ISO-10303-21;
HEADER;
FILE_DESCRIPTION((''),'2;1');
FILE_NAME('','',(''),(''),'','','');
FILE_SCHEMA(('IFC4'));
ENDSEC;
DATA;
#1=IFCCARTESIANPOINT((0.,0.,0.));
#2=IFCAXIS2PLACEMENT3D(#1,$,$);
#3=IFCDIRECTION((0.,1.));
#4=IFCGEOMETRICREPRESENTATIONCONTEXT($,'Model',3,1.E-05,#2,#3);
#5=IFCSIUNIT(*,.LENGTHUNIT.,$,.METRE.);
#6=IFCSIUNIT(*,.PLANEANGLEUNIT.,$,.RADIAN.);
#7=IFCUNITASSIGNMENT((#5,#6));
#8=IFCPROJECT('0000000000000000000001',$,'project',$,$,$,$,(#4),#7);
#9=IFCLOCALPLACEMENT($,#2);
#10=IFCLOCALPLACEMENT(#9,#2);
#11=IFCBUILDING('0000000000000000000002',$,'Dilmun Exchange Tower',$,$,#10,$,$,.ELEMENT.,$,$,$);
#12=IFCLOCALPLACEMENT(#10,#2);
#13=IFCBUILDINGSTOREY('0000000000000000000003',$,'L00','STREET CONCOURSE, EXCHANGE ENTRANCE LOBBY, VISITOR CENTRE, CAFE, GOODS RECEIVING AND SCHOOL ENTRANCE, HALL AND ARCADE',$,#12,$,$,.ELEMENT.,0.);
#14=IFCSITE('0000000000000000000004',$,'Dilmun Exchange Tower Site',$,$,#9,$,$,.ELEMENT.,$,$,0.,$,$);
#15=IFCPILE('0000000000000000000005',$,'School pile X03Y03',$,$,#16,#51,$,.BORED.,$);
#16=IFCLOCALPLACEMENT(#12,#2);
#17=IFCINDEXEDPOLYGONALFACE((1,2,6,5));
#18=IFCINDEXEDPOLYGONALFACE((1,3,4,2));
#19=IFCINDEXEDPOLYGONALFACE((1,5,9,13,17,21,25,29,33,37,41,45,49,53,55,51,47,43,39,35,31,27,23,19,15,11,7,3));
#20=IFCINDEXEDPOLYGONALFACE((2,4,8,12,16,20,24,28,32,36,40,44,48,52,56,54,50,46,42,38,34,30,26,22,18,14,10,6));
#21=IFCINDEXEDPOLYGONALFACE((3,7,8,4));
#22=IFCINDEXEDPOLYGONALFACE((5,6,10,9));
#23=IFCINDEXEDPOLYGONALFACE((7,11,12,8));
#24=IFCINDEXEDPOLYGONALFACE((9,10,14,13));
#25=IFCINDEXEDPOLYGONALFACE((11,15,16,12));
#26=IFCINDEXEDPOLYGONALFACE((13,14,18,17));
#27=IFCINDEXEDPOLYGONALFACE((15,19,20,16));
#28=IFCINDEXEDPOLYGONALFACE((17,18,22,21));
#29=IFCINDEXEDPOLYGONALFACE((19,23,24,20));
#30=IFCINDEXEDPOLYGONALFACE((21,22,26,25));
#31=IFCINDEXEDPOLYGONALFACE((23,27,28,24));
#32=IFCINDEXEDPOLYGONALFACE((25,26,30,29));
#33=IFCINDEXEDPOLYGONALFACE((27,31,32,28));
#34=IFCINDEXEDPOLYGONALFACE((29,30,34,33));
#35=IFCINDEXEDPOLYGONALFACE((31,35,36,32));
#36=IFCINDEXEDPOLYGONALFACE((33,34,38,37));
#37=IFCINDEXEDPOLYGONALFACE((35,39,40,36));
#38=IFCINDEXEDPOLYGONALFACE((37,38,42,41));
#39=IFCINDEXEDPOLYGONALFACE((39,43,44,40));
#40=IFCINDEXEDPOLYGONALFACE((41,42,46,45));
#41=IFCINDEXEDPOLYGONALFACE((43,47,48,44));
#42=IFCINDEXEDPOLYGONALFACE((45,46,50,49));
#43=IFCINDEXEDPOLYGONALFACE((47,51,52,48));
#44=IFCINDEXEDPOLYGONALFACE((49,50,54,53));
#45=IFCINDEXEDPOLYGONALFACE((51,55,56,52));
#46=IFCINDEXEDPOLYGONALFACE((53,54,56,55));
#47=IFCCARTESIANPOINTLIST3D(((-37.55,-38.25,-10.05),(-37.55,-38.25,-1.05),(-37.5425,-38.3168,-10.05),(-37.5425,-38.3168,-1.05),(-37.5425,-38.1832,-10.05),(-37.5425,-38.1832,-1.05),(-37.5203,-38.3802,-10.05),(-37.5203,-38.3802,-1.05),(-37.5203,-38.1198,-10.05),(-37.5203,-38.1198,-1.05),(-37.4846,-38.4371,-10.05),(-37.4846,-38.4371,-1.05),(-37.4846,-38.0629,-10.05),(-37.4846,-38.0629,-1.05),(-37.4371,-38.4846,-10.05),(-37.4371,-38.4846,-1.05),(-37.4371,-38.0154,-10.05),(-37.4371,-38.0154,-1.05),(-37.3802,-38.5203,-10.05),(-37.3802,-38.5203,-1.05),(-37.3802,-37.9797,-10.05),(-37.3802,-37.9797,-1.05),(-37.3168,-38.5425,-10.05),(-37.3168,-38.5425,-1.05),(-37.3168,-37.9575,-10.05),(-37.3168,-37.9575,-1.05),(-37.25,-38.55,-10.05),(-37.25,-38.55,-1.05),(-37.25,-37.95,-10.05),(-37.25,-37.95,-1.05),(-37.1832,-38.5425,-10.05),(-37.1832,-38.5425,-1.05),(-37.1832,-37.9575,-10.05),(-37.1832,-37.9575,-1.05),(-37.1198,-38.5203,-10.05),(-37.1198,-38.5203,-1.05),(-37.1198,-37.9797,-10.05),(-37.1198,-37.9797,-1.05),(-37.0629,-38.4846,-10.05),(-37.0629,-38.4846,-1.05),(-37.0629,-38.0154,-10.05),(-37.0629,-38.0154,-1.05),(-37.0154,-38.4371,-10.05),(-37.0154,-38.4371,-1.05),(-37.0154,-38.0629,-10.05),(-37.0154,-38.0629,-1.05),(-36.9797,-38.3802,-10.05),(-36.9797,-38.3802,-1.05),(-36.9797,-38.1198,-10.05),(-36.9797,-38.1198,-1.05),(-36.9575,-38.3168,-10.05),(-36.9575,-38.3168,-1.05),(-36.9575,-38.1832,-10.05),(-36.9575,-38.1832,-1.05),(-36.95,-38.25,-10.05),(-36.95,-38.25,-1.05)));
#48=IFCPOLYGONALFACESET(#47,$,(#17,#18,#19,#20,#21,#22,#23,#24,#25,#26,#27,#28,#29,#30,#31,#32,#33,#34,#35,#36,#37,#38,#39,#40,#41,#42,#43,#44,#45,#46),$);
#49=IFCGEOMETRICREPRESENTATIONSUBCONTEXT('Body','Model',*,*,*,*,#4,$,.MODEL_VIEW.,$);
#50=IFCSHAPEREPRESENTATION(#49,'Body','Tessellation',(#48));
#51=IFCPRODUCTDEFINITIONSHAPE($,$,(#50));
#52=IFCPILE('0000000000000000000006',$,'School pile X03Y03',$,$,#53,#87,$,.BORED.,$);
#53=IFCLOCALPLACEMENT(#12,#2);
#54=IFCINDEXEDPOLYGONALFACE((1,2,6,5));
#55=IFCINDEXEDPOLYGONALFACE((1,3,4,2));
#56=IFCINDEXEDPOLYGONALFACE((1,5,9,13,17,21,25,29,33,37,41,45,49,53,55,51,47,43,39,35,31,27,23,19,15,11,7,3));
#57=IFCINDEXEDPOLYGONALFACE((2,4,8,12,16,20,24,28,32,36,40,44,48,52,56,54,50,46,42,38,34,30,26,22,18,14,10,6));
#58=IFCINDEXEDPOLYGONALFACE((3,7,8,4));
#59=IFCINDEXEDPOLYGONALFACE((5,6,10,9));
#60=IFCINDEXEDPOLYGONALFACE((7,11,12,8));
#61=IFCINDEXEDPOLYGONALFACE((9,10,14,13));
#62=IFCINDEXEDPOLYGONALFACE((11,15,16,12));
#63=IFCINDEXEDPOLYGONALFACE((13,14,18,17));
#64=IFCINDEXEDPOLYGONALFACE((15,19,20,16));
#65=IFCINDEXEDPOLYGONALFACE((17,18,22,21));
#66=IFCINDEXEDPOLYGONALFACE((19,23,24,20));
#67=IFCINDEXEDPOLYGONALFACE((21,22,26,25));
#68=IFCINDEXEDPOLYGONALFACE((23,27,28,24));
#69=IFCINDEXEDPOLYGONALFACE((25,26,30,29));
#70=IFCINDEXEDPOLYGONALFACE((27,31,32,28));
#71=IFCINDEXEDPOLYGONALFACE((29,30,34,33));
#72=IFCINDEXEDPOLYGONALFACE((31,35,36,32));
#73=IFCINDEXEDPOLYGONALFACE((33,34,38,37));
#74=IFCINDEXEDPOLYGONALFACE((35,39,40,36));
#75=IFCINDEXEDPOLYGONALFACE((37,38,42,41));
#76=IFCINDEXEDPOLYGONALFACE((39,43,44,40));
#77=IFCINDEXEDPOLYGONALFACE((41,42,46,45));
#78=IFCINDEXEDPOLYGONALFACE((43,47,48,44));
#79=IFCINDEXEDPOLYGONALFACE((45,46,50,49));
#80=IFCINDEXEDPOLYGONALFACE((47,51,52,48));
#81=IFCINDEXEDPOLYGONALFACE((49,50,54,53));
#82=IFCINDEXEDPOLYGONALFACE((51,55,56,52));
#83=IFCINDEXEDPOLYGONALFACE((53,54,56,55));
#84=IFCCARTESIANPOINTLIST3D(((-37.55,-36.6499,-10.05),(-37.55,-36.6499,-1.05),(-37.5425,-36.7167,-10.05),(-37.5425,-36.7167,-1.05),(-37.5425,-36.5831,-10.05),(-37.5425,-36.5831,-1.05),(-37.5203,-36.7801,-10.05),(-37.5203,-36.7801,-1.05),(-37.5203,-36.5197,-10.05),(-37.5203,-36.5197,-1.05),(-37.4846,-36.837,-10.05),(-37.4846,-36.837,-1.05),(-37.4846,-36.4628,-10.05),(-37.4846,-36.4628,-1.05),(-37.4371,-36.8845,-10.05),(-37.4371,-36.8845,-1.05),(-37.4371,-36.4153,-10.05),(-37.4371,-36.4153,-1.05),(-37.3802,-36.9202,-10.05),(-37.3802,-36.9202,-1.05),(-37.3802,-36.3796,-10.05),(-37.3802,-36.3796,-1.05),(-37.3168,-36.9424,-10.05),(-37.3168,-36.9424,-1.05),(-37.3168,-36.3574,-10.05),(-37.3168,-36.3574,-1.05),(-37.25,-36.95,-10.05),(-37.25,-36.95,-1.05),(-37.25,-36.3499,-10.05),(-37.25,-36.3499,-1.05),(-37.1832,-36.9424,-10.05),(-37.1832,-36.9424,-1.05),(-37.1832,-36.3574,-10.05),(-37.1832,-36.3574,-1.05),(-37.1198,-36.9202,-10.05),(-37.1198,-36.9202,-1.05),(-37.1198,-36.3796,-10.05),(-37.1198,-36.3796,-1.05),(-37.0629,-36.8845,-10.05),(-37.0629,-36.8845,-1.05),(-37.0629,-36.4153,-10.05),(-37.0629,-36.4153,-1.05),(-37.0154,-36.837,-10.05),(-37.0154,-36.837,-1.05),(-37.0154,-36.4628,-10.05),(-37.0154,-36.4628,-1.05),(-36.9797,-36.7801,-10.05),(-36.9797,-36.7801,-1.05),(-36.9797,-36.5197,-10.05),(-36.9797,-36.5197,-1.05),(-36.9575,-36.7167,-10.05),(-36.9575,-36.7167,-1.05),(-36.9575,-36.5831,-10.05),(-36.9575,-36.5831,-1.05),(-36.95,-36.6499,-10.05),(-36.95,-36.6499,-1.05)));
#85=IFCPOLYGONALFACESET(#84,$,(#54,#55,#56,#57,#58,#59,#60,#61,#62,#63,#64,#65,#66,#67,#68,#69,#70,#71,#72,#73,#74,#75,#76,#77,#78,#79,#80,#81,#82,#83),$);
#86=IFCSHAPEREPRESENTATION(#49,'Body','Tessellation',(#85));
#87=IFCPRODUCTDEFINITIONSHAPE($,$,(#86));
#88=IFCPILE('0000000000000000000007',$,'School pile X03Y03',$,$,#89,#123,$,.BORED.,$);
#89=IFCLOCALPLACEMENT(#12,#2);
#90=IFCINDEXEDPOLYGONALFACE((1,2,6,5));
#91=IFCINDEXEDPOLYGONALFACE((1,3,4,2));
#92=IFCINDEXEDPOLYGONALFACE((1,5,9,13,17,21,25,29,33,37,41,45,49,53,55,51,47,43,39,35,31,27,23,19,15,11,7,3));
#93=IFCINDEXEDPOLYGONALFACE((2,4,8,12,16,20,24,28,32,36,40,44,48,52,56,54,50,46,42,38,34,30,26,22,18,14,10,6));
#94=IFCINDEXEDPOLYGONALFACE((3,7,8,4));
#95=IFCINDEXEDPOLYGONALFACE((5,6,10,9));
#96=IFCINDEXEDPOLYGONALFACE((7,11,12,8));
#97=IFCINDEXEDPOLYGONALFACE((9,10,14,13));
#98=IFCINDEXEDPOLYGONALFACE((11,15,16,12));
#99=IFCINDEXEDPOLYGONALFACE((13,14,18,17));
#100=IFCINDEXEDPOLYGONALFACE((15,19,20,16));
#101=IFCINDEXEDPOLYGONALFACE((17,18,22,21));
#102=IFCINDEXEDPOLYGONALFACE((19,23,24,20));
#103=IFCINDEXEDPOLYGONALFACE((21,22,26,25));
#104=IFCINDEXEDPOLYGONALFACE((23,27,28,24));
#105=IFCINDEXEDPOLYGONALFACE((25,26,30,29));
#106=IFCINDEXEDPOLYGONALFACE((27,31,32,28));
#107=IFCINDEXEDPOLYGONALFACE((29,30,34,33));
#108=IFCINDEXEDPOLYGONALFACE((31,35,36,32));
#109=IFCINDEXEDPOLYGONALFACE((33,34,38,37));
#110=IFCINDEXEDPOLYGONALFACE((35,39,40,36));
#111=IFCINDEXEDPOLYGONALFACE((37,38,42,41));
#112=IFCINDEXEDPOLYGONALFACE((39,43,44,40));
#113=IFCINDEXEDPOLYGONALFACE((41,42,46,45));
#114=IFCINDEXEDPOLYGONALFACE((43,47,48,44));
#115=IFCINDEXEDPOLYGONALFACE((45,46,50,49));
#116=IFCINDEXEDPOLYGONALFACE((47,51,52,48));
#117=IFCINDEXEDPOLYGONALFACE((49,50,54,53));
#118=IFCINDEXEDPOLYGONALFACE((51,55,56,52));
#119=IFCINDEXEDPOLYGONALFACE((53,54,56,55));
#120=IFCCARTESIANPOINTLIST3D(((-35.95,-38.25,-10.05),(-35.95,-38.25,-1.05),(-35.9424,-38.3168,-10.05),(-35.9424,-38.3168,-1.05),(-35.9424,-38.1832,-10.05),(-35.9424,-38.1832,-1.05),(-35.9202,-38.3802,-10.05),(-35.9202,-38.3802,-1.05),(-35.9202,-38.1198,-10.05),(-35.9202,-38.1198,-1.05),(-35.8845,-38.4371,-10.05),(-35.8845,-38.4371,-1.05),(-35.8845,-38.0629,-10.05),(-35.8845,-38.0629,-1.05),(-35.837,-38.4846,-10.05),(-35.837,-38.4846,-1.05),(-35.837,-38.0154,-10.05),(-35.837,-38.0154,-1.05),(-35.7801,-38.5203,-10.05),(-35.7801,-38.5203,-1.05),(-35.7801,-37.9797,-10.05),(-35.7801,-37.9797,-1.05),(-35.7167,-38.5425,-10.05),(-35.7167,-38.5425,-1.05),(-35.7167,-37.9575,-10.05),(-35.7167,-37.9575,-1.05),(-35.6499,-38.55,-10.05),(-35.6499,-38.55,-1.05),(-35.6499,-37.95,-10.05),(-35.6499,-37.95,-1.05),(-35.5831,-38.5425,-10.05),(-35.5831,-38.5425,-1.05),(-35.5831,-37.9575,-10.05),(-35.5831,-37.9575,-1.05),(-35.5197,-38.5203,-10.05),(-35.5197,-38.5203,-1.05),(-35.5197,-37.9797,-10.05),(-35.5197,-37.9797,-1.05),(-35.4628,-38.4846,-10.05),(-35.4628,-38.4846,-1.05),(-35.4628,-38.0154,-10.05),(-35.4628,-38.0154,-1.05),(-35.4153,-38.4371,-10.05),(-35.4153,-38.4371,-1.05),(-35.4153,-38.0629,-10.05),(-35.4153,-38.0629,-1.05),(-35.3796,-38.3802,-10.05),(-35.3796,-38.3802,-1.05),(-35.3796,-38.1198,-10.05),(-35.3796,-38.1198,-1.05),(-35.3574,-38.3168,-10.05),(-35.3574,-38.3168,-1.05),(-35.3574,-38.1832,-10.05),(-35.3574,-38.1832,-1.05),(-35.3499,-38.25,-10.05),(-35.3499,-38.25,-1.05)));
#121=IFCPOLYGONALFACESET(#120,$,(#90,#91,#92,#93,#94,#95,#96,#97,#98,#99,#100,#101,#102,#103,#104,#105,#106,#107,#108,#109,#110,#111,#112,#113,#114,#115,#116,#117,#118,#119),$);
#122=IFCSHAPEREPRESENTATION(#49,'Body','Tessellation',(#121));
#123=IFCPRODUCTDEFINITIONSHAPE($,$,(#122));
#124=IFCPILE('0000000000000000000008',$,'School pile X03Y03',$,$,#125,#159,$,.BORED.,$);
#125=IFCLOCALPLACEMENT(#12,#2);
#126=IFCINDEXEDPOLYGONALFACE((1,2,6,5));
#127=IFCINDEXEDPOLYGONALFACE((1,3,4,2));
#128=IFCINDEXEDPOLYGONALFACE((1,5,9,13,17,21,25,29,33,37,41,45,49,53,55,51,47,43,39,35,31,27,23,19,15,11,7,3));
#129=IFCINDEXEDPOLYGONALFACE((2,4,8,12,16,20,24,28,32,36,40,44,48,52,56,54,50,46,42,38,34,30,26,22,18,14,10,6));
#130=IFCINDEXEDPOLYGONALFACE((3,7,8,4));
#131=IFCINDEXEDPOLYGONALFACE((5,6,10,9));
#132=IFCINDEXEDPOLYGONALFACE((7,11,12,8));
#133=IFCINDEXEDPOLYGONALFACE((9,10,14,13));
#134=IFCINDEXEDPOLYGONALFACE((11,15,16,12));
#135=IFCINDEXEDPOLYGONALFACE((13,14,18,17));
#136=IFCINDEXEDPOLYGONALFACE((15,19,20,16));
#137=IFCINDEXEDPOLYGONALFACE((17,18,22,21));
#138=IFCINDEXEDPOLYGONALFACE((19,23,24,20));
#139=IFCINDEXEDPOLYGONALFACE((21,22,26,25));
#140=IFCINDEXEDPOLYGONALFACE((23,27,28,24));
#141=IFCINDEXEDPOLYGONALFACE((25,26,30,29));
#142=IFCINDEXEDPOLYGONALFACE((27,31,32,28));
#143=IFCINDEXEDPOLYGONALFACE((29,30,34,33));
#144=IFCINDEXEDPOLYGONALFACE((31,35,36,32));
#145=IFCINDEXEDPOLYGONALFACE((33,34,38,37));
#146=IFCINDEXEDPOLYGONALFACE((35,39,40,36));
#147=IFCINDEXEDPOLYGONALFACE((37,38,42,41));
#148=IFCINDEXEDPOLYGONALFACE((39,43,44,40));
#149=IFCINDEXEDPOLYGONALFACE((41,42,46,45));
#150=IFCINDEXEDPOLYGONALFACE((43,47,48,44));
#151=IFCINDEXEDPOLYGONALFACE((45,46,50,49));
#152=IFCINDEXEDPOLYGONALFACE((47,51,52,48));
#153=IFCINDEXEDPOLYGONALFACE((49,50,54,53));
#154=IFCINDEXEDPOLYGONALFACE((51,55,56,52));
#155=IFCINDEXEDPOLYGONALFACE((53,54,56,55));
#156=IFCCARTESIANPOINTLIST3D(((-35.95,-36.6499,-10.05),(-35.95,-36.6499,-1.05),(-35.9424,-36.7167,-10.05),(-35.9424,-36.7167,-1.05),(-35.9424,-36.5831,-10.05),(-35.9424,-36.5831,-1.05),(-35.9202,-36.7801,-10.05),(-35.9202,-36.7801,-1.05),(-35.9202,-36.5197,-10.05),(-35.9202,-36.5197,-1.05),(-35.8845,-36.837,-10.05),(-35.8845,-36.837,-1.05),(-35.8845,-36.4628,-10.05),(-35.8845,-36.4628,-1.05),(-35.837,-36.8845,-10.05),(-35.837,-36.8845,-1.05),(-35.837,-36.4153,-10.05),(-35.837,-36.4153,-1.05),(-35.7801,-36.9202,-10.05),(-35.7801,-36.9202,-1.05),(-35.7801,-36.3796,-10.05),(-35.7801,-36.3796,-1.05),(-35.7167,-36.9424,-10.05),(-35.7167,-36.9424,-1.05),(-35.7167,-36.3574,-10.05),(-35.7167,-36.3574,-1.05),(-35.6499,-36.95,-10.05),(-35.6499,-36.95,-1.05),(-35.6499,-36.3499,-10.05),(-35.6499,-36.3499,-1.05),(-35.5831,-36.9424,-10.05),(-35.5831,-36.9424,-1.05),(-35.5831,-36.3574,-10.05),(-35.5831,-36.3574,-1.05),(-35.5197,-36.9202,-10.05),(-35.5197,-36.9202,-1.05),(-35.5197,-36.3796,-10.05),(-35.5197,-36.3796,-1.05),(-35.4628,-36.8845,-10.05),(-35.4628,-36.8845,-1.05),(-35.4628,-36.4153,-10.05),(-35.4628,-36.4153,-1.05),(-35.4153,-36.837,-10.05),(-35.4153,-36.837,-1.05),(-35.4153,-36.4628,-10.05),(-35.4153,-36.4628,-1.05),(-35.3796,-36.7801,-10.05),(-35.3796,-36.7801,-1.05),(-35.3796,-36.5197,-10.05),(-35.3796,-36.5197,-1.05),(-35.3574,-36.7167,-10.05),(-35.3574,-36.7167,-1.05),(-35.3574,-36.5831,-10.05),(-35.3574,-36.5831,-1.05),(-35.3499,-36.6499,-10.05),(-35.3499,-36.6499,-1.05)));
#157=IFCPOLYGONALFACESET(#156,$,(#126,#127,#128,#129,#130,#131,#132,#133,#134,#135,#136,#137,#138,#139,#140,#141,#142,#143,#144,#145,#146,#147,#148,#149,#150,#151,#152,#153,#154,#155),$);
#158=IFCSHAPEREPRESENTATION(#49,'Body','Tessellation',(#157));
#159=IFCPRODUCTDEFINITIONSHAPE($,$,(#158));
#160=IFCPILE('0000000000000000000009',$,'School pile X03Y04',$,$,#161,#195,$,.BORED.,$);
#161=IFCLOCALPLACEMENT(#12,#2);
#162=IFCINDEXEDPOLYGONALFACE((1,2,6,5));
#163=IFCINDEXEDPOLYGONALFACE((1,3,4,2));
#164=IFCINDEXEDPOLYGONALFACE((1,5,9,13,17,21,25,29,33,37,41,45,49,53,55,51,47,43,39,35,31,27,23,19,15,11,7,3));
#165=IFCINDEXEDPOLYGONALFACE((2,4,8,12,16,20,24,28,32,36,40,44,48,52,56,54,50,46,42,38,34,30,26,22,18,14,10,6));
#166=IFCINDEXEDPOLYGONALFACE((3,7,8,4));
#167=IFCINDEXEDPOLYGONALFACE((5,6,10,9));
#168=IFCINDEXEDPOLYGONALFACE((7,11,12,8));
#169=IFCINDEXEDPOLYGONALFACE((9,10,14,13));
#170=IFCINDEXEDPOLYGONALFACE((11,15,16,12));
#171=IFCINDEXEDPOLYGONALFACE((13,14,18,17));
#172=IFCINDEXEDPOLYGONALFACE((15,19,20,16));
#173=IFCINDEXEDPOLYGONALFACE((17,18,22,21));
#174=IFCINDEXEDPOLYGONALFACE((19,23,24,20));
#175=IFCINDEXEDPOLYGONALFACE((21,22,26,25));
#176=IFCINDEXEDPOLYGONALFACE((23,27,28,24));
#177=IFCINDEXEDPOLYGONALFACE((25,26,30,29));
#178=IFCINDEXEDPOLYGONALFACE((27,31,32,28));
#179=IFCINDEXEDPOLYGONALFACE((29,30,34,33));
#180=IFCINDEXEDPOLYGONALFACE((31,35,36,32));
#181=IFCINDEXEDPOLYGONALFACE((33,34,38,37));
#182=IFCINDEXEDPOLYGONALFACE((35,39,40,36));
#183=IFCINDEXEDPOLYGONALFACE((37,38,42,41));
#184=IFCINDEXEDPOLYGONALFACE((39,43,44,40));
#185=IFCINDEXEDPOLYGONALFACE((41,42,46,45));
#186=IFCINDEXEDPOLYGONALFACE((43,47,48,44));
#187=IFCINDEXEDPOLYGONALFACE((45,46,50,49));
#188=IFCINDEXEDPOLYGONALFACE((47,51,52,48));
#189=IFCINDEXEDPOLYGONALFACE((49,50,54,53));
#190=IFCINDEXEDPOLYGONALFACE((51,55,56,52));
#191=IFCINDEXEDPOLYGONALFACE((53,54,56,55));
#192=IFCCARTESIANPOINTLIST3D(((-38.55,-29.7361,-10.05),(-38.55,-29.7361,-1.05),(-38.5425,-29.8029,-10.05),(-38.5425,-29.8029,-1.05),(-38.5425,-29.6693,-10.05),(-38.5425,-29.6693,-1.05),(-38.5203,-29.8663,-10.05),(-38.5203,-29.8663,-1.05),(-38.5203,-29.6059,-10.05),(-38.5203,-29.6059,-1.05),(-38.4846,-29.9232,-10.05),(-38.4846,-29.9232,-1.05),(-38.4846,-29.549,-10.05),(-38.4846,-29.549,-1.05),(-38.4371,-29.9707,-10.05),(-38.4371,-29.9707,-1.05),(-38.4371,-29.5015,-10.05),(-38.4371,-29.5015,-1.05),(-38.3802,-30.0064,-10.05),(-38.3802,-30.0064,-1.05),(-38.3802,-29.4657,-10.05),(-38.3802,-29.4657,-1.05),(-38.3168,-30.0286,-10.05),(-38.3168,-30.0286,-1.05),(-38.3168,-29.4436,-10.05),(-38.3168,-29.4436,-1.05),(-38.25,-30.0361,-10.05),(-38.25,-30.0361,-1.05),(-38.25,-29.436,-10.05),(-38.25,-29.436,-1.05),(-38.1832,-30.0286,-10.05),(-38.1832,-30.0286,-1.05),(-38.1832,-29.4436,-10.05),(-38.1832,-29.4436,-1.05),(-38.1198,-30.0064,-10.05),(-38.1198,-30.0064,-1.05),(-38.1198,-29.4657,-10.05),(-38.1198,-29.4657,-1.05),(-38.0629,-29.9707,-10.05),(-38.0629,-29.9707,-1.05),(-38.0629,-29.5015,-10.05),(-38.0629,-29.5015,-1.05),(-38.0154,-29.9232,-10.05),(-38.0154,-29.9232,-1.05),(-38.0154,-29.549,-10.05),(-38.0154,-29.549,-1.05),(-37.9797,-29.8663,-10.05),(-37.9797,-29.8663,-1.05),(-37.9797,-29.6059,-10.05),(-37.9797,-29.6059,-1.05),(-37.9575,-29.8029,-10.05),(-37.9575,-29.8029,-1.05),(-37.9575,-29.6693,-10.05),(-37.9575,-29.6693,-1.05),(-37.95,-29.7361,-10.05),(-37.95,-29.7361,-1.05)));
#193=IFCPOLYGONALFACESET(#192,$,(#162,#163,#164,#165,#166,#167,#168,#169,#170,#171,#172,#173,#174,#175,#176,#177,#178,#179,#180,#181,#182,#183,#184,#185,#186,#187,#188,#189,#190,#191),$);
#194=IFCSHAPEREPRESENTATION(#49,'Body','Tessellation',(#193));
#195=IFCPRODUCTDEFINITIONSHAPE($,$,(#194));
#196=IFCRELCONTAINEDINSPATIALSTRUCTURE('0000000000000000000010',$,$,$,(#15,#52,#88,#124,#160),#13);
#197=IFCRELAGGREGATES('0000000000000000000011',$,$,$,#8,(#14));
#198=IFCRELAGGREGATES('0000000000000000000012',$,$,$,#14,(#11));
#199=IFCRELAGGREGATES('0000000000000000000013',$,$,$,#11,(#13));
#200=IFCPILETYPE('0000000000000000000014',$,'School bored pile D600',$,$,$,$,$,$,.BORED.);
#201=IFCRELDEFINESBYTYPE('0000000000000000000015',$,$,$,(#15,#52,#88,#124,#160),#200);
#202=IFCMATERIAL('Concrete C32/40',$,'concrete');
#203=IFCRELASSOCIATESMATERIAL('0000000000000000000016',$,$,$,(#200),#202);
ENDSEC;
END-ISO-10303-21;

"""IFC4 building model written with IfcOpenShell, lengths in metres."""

from ifc_helpers import new_model, si_unit, direction, frame, origin, origin_2d, place, context, subcontext, project, spatial, circle, extrude, material, material_profile, profile_set, type_object, element, save


model = new_model("IFC4")

# Units and contexts
model_context = context("Model", 3, precision=1e-05, world=origin(), true_north=direction((0.0, 1.0)))
body_context = subcontext(model_context, "Body", "Model", "MODEL_VIEW")
ifc_project = project(units=[si_unit("LENGTHUNIT", "METRE"), si_unit("PLANEANGLEUNIT", "RADIAN")], contexts=[model_context])

# Site, building, storey
site_placement = place(None, origin())
site = spatial("IfcSite", under=ifc_project, at=site_placement, Name="Dilmun Exchange Tower Site", CompositionType="ELEMENT", RefElevation=0.0)
building_placement = place(site_placement, origin())
building = spatial("IfcBuilding", under=site, at=building_placement, Name="Dilmun Exchange Tower", CompositionType="ELEMENT")
storey_placement = place(building_placement, origin())
storey = spatial("IfcBuildingStorey", under=building, at=storey_placement, Name="L00", Description="STREET CONCOURSE, EXCHANGE ENTRANCE LOBBY, VISITOR CENTRE, CAFE, GOODS RECEIVING AND SCHOOL ENTRANCE, HALL AND ARCADE", CompositionType="ELEMENT", Elevation=0.0)

# Piles
ifc_material_1 = material(Name="Concrete C32/40", Category="concrete")
ifc_material_profile_1 = material_profile(ifc_material_1, circle(Radius=0.3, at=origin_2d()), Name="D600")
ifc_profile_set_1 = profile_set([ifc_material_profile_1], Name="Concrete C32/40")
pile_type = type_object("IfcPileType", Name="School bored pile D600", PredefinedType="BORED", material=ifc_profile_set_1)
for number, where, z_axis, x_axis, name in (
    (1, (-37.25, -38.25, -1.05), (0.0, 0.0, -1.0), (1.0, 0.0, 0.0), "School pile X03Y03"),
    (2, (-37.25, -36.6499, -1.05), (0.0, 0.0, -1.0), (1.0, 0.0, 0.0), "School pile X03Y03"),
    (3, (-35.6499, -38.25, -1.05), (0.0, 0.0, -1.0), (1.0, 0.0, 0.0), "School pile X03Y03"),
    (4, (-35.6499, -36.6499, -1.05), (0.0, 0.0, -1.0), (1.0, 0.0, 0.0), "School pile X03Y03"),
    (5, (-38.25, -29.7361, -1.05), (0.0, 0.0, -1.0), (1.0, 0.0, 0.0), "School pile X03Y04"),
):
    element("IfcPile", number, at=place(storey_placement, frame(where, z_axis=z_axis, x_axis=x_axis)), inside=storey, type_object=pile_type, Name=name, PredefinedType="BORED", context=body_context, shape_type="SweptSolid", body=[
        extrude(circle(Radius=0.3, at=origin_2d()), origin(), (0.0, 0.0, 1.0), 9.0),
    ])

save(model, "model.ifc")
